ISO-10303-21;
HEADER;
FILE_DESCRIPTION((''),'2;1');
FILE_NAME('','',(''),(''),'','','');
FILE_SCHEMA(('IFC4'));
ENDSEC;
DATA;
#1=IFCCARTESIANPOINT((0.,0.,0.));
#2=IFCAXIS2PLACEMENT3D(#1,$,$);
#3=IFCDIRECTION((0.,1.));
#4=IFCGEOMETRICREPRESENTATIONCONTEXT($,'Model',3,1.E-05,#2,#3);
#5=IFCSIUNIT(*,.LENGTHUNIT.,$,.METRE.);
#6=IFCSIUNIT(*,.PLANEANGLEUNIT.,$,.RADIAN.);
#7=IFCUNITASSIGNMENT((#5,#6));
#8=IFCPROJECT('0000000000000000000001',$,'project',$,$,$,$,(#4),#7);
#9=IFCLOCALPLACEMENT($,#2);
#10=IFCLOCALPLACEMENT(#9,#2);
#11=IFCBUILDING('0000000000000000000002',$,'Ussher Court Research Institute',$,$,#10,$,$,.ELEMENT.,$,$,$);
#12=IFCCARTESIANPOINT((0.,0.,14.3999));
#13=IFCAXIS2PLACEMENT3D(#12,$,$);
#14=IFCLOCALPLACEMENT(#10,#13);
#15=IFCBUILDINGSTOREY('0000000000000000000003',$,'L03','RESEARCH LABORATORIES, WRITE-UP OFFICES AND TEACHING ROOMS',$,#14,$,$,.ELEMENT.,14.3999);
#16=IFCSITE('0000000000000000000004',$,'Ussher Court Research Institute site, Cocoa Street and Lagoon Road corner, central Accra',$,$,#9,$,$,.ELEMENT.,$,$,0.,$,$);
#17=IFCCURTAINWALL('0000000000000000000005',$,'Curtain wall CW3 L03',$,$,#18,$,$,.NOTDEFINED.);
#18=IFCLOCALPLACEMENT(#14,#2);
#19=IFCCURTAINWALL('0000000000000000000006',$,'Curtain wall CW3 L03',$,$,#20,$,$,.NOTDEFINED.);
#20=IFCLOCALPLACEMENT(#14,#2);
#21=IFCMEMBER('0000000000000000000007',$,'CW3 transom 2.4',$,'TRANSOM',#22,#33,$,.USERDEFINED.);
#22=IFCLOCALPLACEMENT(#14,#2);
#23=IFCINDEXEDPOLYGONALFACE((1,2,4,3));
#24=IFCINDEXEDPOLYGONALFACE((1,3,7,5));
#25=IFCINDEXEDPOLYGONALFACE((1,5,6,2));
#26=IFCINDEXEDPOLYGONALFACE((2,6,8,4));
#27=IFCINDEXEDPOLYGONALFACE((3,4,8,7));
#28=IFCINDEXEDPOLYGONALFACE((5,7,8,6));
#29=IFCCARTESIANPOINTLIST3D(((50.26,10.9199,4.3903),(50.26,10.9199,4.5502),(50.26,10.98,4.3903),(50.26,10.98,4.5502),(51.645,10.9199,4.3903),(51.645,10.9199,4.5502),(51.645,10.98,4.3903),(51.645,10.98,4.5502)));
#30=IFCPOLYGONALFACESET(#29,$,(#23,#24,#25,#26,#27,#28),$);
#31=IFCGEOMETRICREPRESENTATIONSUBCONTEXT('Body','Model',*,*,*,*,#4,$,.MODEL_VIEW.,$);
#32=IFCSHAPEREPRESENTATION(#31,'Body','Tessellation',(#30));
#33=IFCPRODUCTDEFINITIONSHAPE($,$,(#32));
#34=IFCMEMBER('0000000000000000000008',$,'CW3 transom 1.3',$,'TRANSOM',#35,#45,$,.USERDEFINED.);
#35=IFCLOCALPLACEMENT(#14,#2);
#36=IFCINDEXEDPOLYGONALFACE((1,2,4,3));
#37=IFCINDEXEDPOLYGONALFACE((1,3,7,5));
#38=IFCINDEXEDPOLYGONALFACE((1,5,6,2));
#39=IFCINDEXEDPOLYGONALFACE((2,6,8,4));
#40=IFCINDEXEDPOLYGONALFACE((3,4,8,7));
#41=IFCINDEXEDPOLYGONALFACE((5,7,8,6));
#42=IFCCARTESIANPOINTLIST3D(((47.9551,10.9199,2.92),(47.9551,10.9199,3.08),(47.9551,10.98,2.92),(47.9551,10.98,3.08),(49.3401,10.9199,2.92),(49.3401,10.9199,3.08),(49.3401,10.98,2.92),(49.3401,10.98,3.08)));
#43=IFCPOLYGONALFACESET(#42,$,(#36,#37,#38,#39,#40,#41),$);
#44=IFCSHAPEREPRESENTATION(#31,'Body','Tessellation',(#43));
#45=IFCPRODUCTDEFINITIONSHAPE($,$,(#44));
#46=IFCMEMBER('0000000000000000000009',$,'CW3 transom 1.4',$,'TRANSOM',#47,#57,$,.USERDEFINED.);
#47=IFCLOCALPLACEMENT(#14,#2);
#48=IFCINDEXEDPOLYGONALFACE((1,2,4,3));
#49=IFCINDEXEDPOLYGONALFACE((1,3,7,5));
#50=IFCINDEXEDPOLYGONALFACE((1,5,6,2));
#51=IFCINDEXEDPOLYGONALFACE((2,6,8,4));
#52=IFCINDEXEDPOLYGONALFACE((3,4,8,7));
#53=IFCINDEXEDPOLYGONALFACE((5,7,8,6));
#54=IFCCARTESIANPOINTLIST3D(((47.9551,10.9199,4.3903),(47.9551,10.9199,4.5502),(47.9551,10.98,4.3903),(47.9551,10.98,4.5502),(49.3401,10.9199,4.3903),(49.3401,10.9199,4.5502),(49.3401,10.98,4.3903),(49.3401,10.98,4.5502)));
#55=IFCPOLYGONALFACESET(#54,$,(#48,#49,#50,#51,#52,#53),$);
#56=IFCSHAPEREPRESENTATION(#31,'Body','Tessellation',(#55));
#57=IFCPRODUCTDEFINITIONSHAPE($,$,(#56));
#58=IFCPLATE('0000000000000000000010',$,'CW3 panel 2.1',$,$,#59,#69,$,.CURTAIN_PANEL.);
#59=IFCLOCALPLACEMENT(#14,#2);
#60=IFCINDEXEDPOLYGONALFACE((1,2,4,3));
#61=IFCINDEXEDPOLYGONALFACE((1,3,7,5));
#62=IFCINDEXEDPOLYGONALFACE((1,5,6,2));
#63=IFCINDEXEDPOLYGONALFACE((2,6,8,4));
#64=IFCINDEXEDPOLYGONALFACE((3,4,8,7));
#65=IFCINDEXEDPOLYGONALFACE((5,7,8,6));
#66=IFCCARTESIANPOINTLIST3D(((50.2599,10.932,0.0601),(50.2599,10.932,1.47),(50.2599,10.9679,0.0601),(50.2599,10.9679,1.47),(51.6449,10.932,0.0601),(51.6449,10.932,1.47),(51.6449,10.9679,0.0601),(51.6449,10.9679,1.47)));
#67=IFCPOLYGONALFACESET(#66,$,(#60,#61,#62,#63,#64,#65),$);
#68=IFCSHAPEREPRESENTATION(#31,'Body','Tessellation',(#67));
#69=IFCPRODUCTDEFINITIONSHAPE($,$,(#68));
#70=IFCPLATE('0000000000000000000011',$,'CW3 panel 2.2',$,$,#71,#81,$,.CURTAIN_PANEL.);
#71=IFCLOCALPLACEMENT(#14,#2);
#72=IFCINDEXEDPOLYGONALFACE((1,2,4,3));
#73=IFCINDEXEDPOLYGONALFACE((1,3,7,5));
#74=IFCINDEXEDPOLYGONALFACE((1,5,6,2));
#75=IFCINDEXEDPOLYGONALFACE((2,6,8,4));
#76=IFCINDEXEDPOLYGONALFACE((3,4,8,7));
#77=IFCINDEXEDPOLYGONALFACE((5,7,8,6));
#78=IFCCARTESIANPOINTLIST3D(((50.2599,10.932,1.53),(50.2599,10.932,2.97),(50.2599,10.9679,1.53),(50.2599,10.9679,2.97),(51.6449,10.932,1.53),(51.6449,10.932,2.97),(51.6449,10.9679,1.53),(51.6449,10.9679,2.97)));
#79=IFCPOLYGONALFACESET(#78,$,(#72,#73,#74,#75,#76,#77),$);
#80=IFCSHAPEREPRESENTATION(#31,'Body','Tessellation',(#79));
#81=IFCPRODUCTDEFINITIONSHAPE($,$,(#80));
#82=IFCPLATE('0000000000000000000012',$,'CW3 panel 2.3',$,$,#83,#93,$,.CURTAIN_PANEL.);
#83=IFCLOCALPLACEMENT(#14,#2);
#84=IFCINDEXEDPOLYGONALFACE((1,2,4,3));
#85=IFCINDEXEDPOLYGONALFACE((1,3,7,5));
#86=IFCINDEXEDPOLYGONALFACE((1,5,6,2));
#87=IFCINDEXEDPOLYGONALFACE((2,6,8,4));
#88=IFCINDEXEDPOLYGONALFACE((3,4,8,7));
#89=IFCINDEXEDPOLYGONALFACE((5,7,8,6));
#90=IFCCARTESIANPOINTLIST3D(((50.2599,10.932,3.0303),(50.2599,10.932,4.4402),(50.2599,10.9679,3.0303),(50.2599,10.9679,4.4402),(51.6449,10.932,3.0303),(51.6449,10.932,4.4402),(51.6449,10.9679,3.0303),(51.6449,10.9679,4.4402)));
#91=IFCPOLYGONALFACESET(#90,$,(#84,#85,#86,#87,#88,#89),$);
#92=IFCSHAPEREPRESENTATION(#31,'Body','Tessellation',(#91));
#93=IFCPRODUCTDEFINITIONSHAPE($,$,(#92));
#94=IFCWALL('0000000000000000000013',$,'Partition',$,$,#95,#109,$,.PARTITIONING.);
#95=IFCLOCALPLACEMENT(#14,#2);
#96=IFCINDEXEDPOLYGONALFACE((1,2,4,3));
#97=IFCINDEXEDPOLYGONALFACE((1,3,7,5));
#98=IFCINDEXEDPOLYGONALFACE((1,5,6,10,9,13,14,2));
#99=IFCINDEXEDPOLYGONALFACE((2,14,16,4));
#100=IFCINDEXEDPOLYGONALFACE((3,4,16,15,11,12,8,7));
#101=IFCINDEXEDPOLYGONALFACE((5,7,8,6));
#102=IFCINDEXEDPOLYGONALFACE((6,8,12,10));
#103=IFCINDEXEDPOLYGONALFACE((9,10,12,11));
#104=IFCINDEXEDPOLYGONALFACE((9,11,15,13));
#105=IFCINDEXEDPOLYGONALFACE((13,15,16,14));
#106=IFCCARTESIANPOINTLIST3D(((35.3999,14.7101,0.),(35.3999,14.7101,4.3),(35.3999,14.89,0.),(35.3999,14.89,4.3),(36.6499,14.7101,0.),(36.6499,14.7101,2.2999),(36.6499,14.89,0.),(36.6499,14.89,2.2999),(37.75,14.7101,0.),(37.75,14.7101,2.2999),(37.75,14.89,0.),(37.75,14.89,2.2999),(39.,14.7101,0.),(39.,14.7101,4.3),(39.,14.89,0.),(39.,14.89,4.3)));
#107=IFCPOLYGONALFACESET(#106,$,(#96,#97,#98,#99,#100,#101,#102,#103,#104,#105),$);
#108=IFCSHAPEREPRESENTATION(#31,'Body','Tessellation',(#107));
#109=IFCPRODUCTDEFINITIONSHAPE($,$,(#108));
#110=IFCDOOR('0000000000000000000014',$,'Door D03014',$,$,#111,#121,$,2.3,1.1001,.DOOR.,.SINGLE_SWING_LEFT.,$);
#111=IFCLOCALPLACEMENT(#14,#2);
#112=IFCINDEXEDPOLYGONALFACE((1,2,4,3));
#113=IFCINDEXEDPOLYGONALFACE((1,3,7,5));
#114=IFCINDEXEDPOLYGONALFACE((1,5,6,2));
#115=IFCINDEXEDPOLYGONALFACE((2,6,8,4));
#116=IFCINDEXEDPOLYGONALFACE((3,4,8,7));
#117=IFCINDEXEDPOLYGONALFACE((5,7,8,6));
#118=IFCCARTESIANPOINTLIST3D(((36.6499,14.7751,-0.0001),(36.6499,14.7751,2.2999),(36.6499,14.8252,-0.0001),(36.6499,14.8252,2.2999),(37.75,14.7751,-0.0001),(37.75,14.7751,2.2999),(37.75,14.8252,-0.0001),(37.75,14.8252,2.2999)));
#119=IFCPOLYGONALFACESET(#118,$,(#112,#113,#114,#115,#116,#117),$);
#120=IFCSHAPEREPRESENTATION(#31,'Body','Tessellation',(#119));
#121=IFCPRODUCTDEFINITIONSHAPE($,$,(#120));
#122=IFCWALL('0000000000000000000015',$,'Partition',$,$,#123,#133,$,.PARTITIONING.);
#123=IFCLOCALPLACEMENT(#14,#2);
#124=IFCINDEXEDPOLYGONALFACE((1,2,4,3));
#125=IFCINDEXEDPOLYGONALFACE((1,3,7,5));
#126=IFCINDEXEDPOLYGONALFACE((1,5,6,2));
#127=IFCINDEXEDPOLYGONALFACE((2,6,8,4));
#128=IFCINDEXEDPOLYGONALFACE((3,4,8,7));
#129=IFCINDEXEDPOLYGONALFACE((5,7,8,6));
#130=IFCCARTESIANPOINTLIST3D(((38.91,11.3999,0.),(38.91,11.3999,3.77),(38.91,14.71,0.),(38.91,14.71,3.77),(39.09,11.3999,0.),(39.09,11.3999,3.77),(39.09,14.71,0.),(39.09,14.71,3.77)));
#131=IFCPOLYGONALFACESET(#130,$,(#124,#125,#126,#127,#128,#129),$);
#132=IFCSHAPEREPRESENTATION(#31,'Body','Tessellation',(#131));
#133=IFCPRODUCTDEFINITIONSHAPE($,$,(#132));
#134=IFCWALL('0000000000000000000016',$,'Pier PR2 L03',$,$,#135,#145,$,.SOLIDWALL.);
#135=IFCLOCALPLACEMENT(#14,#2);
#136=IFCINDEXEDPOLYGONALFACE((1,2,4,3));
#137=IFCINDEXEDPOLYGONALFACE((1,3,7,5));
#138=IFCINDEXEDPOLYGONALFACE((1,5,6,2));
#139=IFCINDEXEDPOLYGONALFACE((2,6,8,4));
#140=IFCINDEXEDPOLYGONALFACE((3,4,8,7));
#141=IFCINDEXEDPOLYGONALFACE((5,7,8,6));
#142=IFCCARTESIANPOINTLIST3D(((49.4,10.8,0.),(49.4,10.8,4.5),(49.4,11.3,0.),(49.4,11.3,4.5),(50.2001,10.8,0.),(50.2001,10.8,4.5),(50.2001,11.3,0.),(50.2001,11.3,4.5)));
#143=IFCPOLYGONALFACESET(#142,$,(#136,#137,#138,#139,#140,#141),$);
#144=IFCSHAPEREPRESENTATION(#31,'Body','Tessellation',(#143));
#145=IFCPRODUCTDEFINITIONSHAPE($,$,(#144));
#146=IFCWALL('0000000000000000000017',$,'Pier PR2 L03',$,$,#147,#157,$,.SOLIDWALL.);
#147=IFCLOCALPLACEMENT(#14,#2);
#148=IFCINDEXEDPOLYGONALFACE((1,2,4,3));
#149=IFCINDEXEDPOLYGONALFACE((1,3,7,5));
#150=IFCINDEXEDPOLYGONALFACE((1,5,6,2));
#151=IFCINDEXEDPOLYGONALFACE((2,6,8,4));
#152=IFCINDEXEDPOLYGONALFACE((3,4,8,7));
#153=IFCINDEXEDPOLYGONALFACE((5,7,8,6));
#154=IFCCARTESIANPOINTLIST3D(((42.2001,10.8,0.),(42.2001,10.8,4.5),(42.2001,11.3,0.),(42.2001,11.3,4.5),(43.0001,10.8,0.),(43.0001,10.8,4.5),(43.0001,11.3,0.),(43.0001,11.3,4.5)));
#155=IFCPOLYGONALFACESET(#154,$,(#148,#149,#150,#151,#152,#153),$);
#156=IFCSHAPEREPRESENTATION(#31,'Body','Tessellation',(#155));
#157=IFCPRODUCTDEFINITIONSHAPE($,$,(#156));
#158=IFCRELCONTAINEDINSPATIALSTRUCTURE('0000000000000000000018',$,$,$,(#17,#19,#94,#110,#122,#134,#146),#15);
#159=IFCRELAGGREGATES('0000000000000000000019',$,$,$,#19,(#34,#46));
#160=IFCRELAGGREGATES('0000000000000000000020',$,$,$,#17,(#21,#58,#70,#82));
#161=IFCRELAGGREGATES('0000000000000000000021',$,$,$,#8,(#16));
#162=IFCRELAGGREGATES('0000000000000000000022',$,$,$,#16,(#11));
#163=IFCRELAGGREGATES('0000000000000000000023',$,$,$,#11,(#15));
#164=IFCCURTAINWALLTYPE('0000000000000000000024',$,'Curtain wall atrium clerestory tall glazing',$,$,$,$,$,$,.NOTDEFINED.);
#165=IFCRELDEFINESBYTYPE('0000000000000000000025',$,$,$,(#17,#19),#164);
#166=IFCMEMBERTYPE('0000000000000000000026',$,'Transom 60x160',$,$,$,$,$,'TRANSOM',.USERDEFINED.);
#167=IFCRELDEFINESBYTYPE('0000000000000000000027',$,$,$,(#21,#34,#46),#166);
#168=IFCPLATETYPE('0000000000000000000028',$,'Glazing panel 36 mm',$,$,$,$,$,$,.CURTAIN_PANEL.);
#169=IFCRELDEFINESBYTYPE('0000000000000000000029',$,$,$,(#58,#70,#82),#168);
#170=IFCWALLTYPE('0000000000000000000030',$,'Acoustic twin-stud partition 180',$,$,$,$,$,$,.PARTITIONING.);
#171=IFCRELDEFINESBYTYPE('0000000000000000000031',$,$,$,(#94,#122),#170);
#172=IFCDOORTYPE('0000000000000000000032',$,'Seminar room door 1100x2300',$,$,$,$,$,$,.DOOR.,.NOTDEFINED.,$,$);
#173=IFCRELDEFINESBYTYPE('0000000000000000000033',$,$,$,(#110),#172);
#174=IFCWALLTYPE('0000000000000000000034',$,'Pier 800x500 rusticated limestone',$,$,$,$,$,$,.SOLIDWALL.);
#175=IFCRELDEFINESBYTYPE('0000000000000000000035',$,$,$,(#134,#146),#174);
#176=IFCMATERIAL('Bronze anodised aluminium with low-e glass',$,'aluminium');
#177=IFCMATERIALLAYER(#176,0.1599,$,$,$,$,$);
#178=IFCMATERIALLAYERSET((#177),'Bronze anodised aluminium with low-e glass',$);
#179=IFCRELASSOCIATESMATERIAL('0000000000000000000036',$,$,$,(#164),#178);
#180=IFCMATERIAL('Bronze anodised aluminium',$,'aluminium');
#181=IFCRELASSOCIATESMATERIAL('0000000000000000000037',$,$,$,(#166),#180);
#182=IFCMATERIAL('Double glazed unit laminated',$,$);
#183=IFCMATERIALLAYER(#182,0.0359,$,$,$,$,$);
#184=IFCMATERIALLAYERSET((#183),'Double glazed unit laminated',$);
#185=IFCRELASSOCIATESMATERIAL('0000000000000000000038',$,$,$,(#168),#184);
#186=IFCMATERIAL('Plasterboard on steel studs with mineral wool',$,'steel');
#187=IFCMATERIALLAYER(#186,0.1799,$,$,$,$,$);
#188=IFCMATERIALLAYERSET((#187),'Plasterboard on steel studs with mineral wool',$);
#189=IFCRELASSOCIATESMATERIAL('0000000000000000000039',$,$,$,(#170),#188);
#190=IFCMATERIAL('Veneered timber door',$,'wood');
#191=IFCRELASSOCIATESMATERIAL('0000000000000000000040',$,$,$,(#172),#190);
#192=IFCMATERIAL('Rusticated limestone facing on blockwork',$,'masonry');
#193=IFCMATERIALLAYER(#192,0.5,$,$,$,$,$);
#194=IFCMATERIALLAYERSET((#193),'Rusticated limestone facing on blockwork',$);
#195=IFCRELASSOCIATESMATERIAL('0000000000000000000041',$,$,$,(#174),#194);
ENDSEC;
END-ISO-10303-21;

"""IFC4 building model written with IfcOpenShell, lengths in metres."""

from ifc_helpers import new_model, si_unit, direction, frame, frame_2d, origin, origin_2d, place, context, subcontext, project, spatial, rectangle, extrude, material, layer, layer_set, material_profile, profile_set, type_object, element, fill, aggregate, save


model = new_model("IFC4")

# Units and contexts
model_context = context("Model", 3, precision=1e-05, world=origin(), true_north=direction((0.0, 1.0)))
body_context = subcontext(model_context, "Body", "Model", "MODEL_VIEW")
ifc_project = project(units=[si_unit("LENGTHUNIT", "METRE"), si_unit("PLANEANGLEUNIT", "RADIAN")], contexts=[model_context])

# Site, building, storey
site_placement = place(None, origin())
site = spatial("IfcSite", under=ifc_project, at=site_placement, Name="Ussher Court Research Institute site, Cocoa Street and Lagoon Road corner, central Accra", CompositionType="ELEMENT", RefElevation=0.0)
building_placement = place(site_placement, origin())
building = spatial("IfcBuilding", under=site, at=building_placement, Name="Ussher Court Research Institute", CompositionType="ELEMENT")
storey_placement = place(building_placement, frame((0.0, 0.0, 14.3999)))
storey = spatial("IfcBuildingStorey", under=building, at=storey_placement, Name="L03", Description="RESEARCH LABORATORIES, WRITE-UP OFFICES AND TEACHING ROOMS", CompositionType="ELEMENT", Elevation=14.3999)

# Curtain wall
ifc_material_1 = material(Name="Bronze anodised aluminium with low-e glass", Category="aluminium")
ifc_layer_1 = layer(ifc_material_1, 0.1599)
ifc_layer_set_1 = layer_set([ifc_layer_1], Name="Bronze anodised aluminium with low-e glass")
curtain_wall_type = type_object("IfcCurtainWallType", Name="Curtain wall atrium clerestory tall glazing", PredefinedType="NOTDEFINED", material=ifc_layer_set_1)
curtain_wall_1_placement = place(storey_placement, origin())
curtain_wall_1 = element("IfcCurtainWall", 1, at=curtain_wall_1_placement, inside=storey, type_object=curtain_wall_type, Name="Curtain wall CW3 L03", PredefinedType="NOTDEFINED")

# Curtain wall
curtain_wall_2_placement = place(storey_placement, origin())
curtain_wall_2 = element("IfcCurtainWall", 2, at=curtain_wall_2_placement, inside=storey, type_object=curtain_wall_type, Name="Curtain wall CW3 L03", PredefinedType="NOTDEFINED")

# Members
ifc_material_2 = material(Name="Bronze anodised aluminium", Category="aluminium")
ifc_material_profile_1 = material_profile(ifc_material_2, rectangle(XDim=0.0601, YDim=0.1599, at=origin_2d()), Name="Transom 60x160")
ifc_profile_set_1 = profile_set([ifc_material_profile_1], Name="Bronze anodised aluminium")
member_type_1 = type_object("IfcMemberType", Name="Transom 60x160", ElementType="TRANSOM", PredefinedType="USERDEFINED", material=ifc_profile_set_1)
member_1_placement = place(storey_placement, frame((51.645, 10.95, 4.4702), z_axis=(-1.0, 0.0, 0.0), x_axis=(0.0, -1.0, 0.0)))
member_1 = element("IfcMember", 3, at=member_1_placement, type_object=member_type_1, Name="CW3 transom 2.4", ObjectType="TRANSOM", PredefinedType="USERDEFINED", context=body_context, shape_type="SweptSolid", body=[
    extrude(rectangle(XDim=0.0601, YDim=0.1599, at=origin_2d()), origin(), (0.0, 0.0, 1.0), 1.385),
])
member_2_placement = place(storey_placement, frame((49.3401, 10.95, 3.0), z_axis=(-1.0, 0.0, 0.0), x_axis=(0.0, -1.0, 0.0)))
member_2 = element("IfcMember", 4, at=member_2_placement, type_object=member_type_1, Name="CW3 transom 1.3", ObjectType="TRANSOM", PredefinedType="USERDEFINED", context=body_context, shape_type="SweptSolid", body=[
    extrude(rectangle(XDim=0.0601, YDim=0.1599, at=origin_2d()), origin(), (0.0, 0.0, 1.0), 1.385),
])
member_3_placement = place(storey_placement, frame((49.3401, 10.95, 4.4702), z_axis=(-1.0, 0.0, 0.0), x_axis=(0.0, -1.0, 0.0)))
member_3 = element("IfcMember", 5, at=member_3_placement, type_object=member_type_1, Name="CW3 transom 1.4", ObjectType="TRANSOM", PredefinedType="USERDEFINED", context=body_context, shape_type="SweptSolid", body=[
    extrude(rectangle(XDim=0.0601, YDim=0.1599, at=origin_2d()), origin(), (0.0, 0.0, 1.0), 1.385),
])
aggregate(curtain_wall_2, [member_2, member_3])

# Plates
ifc_material_3 = material(Name="Double glazed unit laminated")
ifc_layer_2 = layer(ifc_material_3, 0.0359)
ifc_layer_set_2 = layer_set([ifc_layer_2], Name="Double glazed unit laminated")
plate_type = type_object("IfcPlateType", Name="Glazing panel 36 mm", PredefinedType="CURTAIN_PANEL", material=ifc_layer_set_2)
plate_1_placement = place(storey_placement, frame((50.9524, 10.95, 0.0601), z_axis=(0.0, 0.0, 1.0), x_axis=(-1.0, 0.0, 0.0)))
plate_1 = element("IfcPlate", 6, at=plate_1_placement, type_object=plate_type, Name="CW3 panel 2.1", PredefinedType="CURTAIN_PANEL", context=body_context, shape_type="SweptSolid", body=[
    extrude(rectangle(XDim=1.385, YDim=0.0359, at=origin_2d()), origin(), (0.0, 0.0, 1.0), 1.4099),
])
plate_2_placement = place(storey_placement, frame((50.9524, 10.95, 1.53), z_axis=(0.0, 0.0, 1.0), x_axis=(-1.0, 0.0, 0.0)))
plate_2 = element("IfcPlate", 7, at=plate_2_placement, type_object=plate_type, Name="CW3 panel 2.2", PredefinedType="CURTAIN_PANEL", context=body_context, shape_type="SweptSolid", body=[
    extrude(rectangle(XDim=1.385, YDim=0.0359, at=origin_2d()), origin(), (0.0, 0.0, 1.0), 1.4399),
])
plate_3_placement = place(storey_placement, frame((50.9524, 10.95, 3.0303), z_axis=(0.0, 0.0, 1.0), x_axis=(-1.0, 0.0, 0.0)))
plate_3 = element("IfcPlate", 8, at=plate_3_placement, type_object=plate_type, Name="CW3 panel 2.3", PredefinedType="CURTAIN_PANEL", context=body_context, shape_type="SweptSolid", body=[
    extrude(rectangle(XDim=1.385, YDim=0.0359, at=origin_2d()), origin(), (0.0, 0.0, 1.0), 1.4099),
])
aggregate(curtain_wall_1, [member_1, plate_1, plate_2, plate_3])

# Wall, opening, door
ifc_material_4 = material(Name="Plasterboard on steel studs with mineral wool", Category="steel")
ifc_layer_3 = layer(ifc_material_4, 0.1799)
ifc_layer_set_3 = layer_set([ifc_layer_3], Name="Plasterboard on steel studs with mineral wool")
wall_type_1 = type_object("IfcWallType", Name="Acoustic twin-stud partition 180", PredefinedType="PARTITIONING", material=ifc_layer_set_3)
wall_1_placement = place(storey_placement, frame((39.0, 14.8, 0.0), z_axis=(0.0, 0.0, 1.0), x_axis=(-1.0, 0.0, 0.0)))
wall_1 = element("IfcWall", 9, at=wall_1_placement, inside=storey, type_object=wall_type_1, Name="Partition", PredefinedType="PARTITIONING", context=body_context, shape_type="SweptSolid", body=[
    extrude(rectangle(XDim=3.6001, YDim=0.1799, at=frame_2d((1.8, 0.0))), origin(), (0.0, 0.0, 1.0), 4.3),
])
opening_placement = place(wall_1_placement, frame((1.25, 0.0, 0.0)))
opening = element("IfcOpeningElement", 10, at=opening_placement, cuts=wall_1, PredefinedType="OPENING", context=body_context, shape_type="SweptSolid", body=[
    extrude(rectangle(XDim=1.1001, YDim=2.3, at=frame_2d((0.55, 1.1499))), frame((0.0, 0.1001, 0.0), z_axis=(0.0, -1.0, 0.0), x_axis=(1.0, 0.0, 0.0)), (0.0, 0.0, 1.0), 0.2),
])
ifc_material_5 = material(Name="Veneered timber door", Category="wood")
door_type = type_object("IfcDoorType", Name="Seminar room door 1100x2300", OperationType="NOTDEFINED", PredefinedType="DOOR", material=ifc_material_5)
door_placement = place(opening_placement, origin())
door = element("IfcDoor", 11, at=door_placement, inside=storey, type_object=door_type, Name="Door D03014", OperationType="SINGLE_SWING_LEFT", OverallHeight=2.3, OverallWidth=1.1001, PredefinedType="DOOR", context=body_context, shape_type="SweptSolid", body=[
    extrude(rectangle(XDim=1.1001, YDim=2.3, at=frame_2d((0.55, 1.1499))), frame((0.0, 0.0249, 0.0), z_axis=(0.0, -1.0, 0.0), x_axis=(1.0, 0.0, 0.0)), (0.0, 0.0, 1.0), 0.05),
])
fill(opening, door)

# Walls
wall_2_placement = place(storey_placement, frame((39.0, 11.3999, 0.0), z_axis=(0.0, 0.0, 1.0), x_axis=(0.0, 1.0, 0.0)))
element("IfcWall", 12, at=wall_2_placement, inside=storey, type_object=wall_type_1, Name="Partition", PredefinedType="PARTITIONING", context=body_context, shape_type="SweptSolid", body=[
    extrude(rectangle(XDim=3.3101, YDim=0.1799, at=frame_2d((1.655, 0.0))), origin(), (0.0, 0.0, 1.0), 3.77),
])
ifc_material_6 = material(Name="Rusticated limestone facing on blockwork", Category="masonry")
ifc_layer_4 = layer(ifc_material_6, 0.5)
ifc_layer_set_4 = layer_set([ifc_layer_4], Name="Rusticated limestone facing on blockwork")
wall_type_2 = type_object("IfcWallType", Name="Pier 800x500 rusticated limestone", PredefinedType="SOLIDWALL", material=ifc_layer_set_4)
for number, where, z_axis, x_axis, name in (
    (13, (50.2, 11.05, 0.0), (0.0, 0.0, 1.0), (-1.0, 0.0, 0.0), "Pier PR2 L03"),
    (14, (43.0, 11.05, 0.0), (0.0, 0.0, 1.0), (-1.0, 0.0, 0.0), "Pier PR2 L03"),
):
    element("IfcWall", number, at=place(storey_placement, frame(where, z_axis=z_axis, x_axis=x_axis)), inside=storey, type_object=wall_type_2, Name=name, PredefinedType="SOLIDWALL", context=body_context, shape_type="SweptSolid", body=[
        extrude(rectangle(XDim=0.8, YDim=0.5, at=frame_2d((0.3999, 0.0))), origin(), (0.0, 0.0, 1.0), 4.5),
    ])

save(model, "model.ifc")
